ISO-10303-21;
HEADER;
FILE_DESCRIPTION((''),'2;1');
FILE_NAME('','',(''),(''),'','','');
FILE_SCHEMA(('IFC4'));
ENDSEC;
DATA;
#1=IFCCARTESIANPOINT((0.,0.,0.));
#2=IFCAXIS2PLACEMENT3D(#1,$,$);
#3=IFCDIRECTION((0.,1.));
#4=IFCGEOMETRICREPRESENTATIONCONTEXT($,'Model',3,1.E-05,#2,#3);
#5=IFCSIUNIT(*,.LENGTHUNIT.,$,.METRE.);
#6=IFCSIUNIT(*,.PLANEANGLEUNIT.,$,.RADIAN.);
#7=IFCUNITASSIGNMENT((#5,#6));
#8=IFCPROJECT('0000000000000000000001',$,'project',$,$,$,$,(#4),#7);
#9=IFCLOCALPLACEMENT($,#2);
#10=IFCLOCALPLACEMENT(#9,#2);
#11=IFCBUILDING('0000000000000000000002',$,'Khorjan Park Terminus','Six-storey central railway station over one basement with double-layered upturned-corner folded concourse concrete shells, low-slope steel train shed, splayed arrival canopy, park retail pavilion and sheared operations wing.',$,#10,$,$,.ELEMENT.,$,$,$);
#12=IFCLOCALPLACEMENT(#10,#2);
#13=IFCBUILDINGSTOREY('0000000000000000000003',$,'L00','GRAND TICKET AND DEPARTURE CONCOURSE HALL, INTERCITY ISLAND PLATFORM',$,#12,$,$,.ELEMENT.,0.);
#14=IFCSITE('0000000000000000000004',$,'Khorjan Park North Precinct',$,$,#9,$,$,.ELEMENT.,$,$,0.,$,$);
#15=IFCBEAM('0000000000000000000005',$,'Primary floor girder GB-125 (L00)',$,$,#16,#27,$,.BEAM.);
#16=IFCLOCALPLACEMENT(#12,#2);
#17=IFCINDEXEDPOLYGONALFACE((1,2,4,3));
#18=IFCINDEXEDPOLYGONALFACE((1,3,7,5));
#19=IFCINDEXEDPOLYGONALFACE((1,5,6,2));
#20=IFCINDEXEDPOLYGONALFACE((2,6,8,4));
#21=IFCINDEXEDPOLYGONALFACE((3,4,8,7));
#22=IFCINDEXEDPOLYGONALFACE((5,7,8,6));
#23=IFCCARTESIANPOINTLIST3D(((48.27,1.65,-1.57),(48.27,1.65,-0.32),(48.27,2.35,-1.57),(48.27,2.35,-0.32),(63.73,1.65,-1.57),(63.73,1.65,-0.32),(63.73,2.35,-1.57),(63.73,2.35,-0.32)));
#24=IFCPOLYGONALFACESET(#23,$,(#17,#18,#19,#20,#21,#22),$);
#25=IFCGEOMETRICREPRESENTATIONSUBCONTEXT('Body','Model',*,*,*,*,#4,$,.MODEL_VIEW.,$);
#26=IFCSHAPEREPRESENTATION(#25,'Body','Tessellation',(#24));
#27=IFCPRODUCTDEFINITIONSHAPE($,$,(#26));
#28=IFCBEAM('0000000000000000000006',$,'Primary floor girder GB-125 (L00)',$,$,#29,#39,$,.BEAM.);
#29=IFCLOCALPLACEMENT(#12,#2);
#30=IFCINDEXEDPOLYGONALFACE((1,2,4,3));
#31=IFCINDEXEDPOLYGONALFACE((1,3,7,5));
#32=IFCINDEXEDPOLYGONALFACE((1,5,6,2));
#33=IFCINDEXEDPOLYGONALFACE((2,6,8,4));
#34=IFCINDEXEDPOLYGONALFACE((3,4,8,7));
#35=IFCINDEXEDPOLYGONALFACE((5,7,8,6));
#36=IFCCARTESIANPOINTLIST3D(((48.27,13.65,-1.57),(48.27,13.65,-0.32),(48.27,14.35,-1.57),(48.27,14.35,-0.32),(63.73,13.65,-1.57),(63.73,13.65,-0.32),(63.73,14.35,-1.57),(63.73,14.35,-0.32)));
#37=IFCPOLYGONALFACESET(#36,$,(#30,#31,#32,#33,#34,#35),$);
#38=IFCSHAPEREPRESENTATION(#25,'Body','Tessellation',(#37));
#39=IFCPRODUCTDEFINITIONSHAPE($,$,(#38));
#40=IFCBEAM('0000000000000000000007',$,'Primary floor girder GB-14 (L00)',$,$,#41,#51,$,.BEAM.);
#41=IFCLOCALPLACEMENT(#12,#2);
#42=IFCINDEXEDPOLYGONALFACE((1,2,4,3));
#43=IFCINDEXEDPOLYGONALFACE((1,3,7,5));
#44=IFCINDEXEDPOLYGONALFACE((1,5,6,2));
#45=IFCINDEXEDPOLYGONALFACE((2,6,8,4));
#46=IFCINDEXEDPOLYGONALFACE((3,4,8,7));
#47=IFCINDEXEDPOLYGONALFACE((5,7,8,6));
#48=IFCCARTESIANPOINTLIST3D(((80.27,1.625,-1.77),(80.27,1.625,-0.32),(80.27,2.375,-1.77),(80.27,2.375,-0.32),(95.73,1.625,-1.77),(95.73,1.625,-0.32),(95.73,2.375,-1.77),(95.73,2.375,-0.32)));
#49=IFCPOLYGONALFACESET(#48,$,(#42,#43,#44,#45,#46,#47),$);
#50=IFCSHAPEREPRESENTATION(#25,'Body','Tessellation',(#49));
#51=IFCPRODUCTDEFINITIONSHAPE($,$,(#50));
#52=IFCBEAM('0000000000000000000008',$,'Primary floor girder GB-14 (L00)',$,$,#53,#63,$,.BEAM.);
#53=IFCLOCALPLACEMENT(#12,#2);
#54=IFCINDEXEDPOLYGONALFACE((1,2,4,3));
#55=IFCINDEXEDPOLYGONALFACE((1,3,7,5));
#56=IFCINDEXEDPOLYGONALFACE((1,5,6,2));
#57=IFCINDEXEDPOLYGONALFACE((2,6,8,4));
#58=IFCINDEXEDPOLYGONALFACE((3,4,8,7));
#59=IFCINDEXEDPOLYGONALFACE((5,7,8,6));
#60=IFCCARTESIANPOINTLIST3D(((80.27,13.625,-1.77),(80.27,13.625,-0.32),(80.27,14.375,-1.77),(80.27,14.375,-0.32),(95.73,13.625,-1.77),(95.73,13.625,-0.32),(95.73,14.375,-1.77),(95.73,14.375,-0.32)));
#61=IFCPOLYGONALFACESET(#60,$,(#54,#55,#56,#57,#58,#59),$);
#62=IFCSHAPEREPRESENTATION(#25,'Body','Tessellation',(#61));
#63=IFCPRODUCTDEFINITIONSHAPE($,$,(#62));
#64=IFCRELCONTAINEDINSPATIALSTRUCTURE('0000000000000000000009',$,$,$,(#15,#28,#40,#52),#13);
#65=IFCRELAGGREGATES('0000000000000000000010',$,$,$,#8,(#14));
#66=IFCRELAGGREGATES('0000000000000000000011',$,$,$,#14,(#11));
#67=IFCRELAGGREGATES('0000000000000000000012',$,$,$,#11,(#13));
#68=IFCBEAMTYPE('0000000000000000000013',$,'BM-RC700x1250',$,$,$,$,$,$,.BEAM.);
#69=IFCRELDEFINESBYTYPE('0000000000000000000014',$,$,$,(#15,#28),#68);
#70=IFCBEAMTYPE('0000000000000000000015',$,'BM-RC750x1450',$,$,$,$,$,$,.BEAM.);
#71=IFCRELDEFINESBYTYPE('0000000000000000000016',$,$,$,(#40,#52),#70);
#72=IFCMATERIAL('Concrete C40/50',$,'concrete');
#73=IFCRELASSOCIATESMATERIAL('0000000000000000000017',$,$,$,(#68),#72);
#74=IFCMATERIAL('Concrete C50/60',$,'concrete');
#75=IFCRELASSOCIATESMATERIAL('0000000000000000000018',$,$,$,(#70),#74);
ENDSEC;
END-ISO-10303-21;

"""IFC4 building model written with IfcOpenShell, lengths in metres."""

from ifc_helpers import new_model, si_unit, direction, frame, origin, origin_2d, place, context, subcontext, project, spatial, rectangle, extrude, material, material_profile, profile_set, type_object, element, save


model = new_model("IFC4")

# Units and contexts
model_context = context("Model", 3, precision=1e-05, world=origin(), true_north=direction((0.0, 1.0)))
body_context = subcontext(model_context, "Body", "Model", "MODEL_VIEW")
ifc_project = project(units=[si_unit("LENGTHUNIT", "METRE"), si_unit("PLANEANGLEUNIT", "RADIAN")], contexts=[model_context])

# Site, building, storey
site_placement = place(None, origin())
site = spatial("IfcSite", under=ifc_project, at=site_placement, Name="Khorjan Park North Precinct", CompositionType="ELEMENT", RefElevation=0.0)
building_placement = place(site_placement, origin())
building = spatial("IfcBuilding", under=site, at=building_placement, Name="Khorjan Park Terminus", Description="Six-storey central railway station over one basement with double-layered upturned-corner folded concourse concrete shells, low-slope steel train shed, splayed arrival canopy, park retail pavilion and sheared operations wing.", CompositionType="ELEMENT")
storey_placement = place(building_placement, origin())
storey = spatial("IfcBuildingStorey", under=building, at=storey_placement, Name="L00", Description="GRAND TICKET AND DEPARTURE CONCOURSE HALL, INTERCITY ISLAND PLATFORM", CompositionType="ELEMENT", Elevation=0.0)

# Shared definitions
ifc_material_1 = material(Name="Concrete C50/60", Category="concrete")

# Beams
ifc_material_2 = material(Name="Concrete C40/50", Category="concrete")
ifc_material_profile_1 = material_profile(ifc_material_2, rectangle(XDim=0.7, YDim=1.25, at=origin_2d()), Name="RC 700x1250")
ifc_profile_set_1 = profile_set([ifc_material_profile_1], Name="Concrete C40/50")
beam_type_1 = type_object("IfcBeamType", Name="BM-RC700x1250", PredefinedType="BEAM", material=ifc_profile_set_1)
for number, where, z_axis, x_axis, name in (
    (1, (48.27, 2.0, -0.945), (1.0, 0.0, 0.0), (0.0, 1.0, 0.0), "Primary floor girder GB-125 (L00)"),
    (2, (48.27, 14.0, -0.945), (1.0, 0.0, 0.0), (0.0, 1.0, 0.0), "Primary floor girder GB-125 (L00)"),
):
    element("IfcBeam", number, at=place(storey_placement, frame(where, z_axis=z_axis, x_axis=x_axis)), inside=storey, type_object=beam_type_1, Name=name, PredefinedType="BEAM", context=body_context, shape_type="SweptSolid", body=[
        extrude(rectangle(XDim=0.7, YDim=1.25, at=origin_2d()), origin(), (0.0, 0.0, 1.0), 15.46),
    ])
ifc_material_profile_2 = material_profile(ifc_material_1, rectangle(XDim=0.75, YDim=1.45, at=origin_2d()), Name="RC 750x1450")
ifc_profile_set_2 = profile_set([ifc_material_profile_2], Name="Concrete C50/60")
beam_type_2 = type_object("IfcBeamType", Name="BM-RC750x1450", PredefinedType="BEAM", material=ifc_profile_set_2)
for number, where, z_axis, x_axis, name in (
    (3, (80.27, 2.0, -1.045), (1.0, 0.0, 0.0), (0.0, 1.0, 0.0), "Primary floor girder GB-14 (L00)"),
    (4, (80.27, 14.0, -1.045), (1.0, 0.0, 0.0), (0.0, 1.0, 0.0), "Primary floor girder GB-14 (L00)"),
):
    element("IfcBeam", number, at=place(storey_placement, frame(where, z_axis=z_axis, x_axis=x_axis)), inside=storey, type_object=beam_type_2, Name=name, PredefinedType="BEAM", context=body_context, shape_type="SweptSolid", body=[
        extrude(rectangle(XDim=0.75, YDim=1.45, at=origin_2d()), origin(), (0.0, 0.0, 1.0), 15.46),
    ])

save(model, "model.ifc")
